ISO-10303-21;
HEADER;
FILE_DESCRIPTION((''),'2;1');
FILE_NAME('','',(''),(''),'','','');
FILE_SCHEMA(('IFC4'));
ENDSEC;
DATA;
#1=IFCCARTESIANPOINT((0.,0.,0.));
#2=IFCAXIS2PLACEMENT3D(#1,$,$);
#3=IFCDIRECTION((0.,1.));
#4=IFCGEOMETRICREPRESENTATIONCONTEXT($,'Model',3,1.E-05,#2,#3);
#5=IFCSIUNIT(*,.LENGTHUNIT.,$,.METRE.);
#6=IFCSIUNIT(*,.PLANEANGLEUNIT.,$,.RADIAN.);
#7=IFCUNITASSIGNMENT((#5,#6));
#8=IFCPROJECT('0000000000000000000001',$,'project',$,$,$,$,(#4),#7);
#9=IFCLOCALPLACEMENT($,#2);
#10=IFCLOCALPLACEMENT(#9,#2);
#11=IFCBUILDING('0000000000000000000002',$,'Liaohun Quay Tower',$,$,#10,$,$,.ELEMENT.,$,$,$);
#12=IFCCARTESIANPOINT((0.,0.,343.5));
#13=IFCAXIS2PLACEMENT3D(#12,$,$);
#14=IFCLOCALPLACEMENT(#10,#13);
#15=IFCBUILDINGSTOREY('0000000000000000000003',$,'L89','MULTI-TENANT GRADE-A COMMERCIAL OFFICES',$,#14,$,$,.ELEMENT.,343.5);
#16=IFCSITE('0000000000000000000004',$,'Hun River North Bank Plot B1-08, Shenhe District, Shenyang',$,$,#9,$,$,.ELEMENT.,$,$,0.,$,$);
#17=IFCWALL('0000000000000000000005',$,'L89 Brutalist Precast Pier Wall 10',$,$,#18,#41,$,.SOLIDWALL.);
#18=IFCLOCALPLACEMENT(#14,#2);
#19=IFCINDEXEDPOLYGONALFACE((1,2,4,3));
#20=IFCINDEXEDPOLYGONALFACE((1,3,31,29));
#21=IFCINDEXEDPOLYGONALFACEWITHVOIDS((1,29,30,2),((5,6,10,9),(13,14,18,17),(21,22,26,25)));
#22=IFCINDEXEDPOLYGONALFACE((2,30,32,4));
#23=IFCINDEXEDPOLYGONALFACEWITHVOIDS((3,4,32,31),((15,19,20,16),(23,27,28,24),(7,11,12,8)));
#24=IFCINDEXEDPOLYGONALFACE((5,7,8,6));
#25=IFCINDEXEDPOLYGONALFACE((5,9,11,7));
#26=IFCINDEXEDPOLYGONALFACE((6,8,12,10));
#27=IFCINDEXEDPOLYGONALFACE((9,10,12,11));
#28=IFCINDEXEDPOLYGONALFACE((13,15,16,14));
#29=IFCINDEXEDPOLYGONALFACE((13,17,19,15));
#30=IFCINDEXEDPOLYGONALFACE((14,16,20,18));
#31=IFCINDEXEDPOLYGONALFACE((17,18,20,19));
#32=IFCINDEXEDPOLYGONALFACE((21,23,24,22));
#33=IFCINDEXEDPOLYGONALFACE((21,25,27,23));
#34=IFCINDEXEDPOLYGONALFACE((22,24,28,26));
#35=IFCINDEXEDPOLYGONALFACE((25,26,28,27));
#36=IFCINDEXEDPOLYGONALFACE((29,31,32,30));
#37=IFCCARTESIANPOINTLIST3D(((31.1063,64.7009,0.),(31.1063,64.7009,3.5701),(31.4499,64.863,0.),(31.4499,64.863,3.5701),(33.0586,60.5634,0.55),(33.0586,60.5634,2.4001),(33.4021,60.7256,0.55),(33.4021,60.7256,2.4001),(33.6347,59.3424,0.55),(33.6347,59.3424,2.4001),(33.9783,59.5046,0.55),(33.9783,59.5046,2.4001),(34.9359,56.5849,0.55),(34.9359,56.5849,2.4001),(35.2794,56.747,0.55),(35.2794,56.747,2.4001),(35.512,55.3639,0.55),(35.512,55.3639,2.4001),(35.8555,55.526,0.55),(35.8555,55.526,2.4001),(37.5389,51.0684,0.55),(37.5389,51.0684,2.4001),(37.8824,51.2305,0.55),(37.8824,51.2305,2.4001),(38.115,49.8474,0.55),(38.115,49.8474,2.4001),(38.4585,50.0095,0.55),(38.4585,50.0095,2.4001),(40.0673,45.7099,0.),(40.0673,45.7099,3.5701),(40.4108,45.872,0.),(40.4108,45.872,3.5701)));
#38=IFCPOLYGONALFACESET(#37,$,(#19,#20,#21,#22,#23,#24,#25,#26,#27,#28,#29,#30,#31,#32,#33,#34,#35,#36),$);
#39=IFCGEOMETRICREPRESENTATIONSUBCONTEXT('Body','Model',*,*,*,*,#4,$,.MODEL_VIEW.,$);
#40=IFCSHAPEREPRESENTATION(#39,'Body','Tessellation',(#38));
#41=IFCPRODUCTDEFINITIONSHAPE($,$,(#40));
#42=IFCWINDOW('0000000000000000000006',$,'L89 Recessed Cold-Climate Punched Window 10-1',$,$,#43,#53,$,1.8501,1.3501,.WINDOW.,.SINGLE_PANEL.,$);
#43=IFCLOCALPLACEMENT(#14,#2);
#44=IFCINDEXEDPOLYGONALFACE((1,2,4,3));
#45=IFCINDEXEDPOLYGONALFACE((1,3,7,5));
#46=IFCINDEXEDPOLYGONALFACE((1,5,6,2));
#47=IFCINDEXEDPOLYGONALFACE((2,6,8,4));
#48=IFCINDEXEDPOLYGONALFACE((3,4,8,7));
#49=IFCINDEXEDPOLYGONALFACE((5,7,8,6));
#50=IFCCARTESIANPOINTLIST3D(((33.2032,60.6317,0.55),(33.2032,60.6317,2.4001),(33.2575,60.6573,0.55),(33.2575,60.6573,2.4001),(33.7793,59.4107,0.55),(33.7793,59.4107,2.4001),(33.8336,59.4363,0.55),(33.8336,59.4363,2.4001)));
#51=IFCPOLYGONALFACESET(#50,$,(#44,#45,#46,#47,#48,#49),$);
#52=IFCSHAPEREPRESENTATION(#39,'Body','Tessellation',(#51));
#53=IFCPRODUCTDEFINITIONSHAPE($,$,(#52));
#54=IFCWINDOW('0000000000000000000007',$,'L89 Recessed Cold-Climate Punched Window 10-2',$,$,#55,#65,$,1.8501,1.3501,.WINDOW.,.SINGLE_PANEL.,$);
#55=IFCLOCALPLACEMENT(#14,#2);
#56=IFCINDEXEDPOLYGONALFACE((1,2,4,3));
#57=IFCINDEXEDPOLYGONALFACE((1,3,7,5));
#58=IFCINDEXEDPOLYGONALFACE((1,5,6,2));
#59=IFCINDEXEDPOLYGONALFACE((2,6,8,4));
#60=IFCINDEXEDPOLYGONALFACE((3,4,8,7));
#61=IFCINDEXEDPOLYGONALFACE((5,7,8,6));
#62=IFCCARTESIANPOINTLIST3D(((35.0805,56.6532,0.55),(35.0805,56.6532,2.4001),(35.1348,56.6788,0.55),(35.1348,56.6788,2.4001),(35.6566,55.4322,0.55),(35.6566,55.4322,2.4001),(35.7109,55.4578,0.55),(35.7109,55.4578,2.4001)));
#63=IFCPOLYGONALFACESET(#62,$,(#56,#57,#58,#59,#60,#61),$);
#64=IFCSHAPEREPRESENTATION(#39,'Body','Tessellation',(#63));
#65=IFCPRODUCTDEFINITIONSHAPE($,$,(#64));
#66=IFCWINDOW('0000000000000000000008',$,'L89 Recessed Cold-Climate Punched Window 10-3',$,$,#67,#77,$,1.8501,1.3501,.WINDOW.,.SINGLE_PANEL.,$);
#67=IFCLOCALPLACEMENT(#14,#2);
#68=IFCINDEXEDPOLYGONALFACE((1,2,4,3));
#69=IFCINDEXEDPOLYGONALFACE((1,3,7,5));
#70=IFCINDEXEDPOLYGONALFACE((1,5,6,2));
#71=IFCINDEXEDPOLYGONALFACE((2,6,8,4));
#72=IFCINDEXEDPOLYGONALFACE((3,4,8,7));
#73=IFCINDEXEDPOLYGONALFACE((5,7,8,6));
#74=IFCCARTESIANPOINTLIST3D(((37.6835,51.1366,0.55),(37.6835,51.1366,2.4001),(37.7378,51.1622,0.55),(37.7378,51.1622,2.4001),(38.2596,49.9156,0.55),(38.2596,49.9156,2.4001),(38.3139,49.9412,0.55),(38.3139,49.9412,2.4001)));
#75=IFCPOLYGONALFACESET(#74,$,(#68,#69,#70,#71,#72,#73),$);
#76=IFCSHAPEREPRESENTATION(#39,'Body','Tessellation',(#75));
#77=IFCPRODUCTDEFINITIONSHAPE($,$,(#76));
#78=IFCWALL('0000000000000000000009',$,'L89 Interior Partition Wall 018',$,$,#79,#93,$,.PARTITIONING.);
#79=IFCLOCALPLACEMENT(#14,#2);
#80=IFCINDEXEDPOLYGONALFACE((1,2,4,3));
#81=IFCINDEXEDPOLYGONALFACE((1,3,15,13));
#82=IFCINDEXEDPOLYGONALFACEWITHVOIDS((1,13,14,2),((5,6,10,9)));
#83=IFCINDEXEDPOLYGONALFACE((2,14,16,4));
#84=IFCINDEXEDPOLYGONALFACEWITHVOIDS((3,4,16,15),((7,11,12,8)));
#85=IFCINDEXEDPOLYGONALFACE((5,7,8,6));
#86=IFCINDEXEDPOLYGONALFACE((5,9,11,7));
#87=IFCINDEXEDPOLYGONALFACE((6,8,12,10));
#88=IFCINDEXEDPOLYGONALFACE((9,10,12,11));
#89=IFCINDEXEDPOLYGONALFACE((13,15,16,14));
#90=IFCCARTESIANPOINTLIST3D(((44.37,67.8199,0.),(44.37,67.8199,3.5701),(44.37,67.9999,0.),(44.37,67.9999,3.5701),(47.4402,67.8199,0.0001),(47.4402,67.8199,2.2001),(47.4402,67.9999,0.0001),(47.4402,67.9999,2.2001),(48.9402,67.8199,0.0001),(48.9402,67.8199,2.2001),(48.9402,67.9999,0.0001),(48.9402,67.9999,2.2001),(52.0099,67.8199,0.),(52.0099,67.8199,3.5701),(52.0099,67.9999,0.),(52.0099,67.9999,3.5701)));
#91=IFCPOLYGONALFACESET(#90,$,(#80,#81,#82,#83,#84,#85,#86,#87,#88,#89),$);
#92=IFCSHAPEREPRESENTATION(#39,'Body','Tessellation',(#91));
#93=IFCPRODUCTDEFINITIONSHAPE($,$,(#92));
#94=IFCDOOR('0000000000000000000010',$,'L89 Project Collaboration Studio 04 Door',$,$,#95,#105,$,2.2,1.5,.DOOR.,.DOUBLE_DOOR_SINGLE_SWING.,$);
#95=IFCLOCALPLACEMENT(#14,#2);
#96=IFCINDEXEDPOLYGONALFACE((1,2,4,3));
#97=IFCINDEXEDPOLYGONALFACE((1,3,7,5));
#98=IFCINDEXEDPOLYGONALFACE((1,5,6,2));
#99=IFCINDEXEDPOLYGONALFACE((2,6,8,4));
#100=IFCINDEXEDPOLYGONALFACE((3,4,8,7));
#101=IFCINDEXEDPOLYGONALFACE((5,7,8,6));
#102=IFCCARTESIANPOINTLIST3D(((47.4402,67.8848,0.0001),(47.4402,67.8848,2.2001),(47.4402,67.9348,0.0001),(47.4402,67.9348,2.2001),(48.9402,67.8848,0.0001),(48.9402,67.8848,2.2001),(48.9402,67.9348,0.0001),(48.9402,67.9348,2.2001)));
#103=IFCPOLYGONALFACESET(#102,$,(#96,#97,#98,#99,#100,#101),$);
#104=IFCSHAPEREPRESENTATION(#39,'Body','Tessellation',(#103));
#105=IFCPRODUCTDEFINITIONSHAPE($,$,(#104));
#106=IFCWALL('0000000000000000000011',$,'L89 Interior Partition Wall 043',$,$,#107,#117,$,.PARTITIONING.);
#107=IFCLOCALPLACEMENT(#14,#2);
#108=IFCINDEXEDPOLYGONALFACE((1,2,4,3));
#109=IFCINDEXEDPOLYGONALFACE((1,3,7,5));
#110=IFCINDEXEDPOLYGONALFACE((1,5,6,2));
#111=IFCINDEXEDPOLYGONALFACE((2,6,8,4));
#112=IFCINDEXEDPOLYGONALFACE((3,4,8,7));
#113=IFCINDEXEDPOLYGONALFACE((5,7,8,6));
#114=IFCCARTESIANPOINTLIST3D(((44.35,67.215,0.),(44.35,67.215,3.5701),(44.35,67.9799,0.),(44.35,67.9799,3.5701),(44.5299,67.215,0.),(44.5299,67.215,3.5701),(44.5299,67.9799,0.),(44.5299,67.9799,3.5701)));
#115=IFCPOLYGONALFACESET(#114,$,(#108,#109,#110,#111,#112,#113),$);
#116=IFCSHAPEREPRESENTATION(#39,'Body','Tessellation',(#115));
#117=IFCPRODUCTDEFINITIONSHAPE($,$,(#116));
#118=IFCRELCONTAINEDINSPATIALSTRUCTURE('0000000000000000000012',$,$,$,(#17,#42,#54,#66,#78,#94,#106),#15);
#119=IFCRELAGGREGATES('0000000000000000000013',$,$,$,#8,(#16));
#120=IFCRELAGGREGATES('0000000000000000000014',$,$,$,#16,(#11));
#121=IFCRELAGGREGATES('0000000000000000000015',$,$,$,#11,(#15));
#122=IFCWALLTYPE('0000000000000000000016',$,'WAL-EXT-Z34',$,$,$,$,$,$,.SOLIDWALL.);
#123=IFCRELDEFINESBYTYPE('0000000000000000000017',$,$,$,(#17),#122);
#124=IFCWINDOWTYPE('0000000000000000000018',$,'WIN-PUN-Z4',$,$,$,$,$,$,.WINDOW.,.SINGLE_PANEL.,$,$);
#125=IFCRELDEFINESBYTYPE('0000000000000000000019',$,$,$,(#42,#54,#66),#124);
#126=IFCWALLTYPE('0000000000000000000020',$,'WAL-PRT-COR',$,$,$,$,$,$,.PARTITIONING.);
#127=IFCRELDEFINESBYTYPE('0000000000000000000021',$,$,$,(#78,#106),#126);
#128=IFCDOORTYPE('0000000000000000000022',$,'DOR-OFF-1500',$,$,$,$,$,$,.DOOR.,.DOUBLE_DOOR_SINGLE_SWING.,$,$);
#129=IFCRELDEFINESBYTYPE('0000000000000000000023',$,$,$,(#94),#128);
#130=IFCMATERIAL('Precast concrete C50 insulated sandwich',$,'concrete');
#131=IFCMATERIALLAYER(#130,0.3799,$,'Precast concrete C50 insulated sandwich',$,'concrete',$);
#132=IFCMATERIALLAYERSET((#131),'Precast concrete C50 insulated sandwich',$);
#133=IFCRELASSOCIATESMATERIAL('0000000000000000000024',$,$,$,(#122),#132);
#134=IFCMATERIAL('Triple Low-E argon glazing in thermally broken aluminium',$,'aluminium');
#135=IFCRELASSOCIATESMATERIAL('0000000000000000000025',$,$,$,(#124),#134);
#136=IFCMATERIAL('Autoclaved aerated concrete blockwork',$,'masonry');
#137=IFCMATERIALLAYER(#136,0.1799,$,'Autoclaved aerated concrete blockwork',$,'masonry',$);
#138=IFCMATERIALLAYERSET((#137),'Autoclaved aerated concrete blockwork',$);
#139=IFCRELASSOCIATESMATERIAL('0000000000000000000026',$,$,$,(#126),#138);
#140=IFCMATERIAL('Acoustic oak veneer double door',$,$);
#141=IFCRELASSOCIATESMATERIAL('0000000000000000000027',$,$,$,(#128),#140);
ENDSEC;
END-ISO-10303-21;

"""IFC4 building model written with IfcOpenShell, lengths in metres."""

from ifc_helpers import new_model, si_unit, direction, frame, frame_2d, origin, place, context, subcontext, project, spatial, rectangle, extrude, source, transform, mapped, material, layer, layer_set, type_object, element, fill, save


model = new_model("IFC4")

# Units and contexts
model_context = context("Model", 3, precision=1e-05, world=origin(), true_north=direction((0.0, 1.0)))
body_context = subcontext(model_context, "Body", "Model", "MODEL_VIEW")
ifc_project = project(units=[si_unit("LENGTHUNIT", "METRE"), si_unit("PLANEANGLEUNIT", "RADIAN")], contexts=[model_context])

# Site, building, storey
site_placement = place(None, origin())
site = spatial("IfcSite", under=ifc_project, at=site_placement, Name="Hun River North Bank Plot B1-08, Shenhe District, Shenyang", CompositionType="ELEMENT", RefElevation=0.0)
building_placement = place(site_placement, origin())
building = spatial("IfcBuilding", under=site, at=building_placement, Name="Liaohun Quay Tower", CompositionType="ELEMENT")
storey_placement = place(building_placement, frame((0.0, 0.0, 343.5)))
storey = spatial("IfcBuildingStorey", under=building, at=storey_placement, Name="L89", Description="MULTI-TENANT GRADE-A COMMERCIAL OFFICES", CompositionType="ELEMENT", Elevation=343.5)

# Shared definitions
ifc_material_1 = material(Name="Precast concrete C50 insulated sandwich", Category="concrete")
ifc_layer_1 = layer(ifc_material_1, 0.3799, Name="Precast concrete C50 insulated sandwich", Category="concrete")
ifc_layer_set_1 = layer_set([ifc_layer_1], Name="Precast concrete C50 insulated sandwich")
wall_type_1 = type_object("IfcWallType", Name="WAL-EXT-Z34", PredefinedType="SOLIDWALL", material=ifc_layer_set_1)

# Wall, openings, windows
wall_1_placement = place(storey_placement, frame((31.2781, 64.782, 0.0), z_axis=(0.0, 0.0, 1.0), x_axis=(0.426733, -0.904378, 0.0)))
wall_1 = element("IfcWall", 1, at=wall_1_placement, inside=storey, type_object=wall_type_1, Name="L89 Brutalist Precast Pier Wall 10", PredefinedType="SOLIDWALL", context=body_context, shape_type="SweptSolid", body=[
    extrude(rectangle(XDim=20.999, YDim=0.3799, at=frame_2d((10.4995, 0.0))), origin(), (0.0, 0.0, 1.0), 3.5701),
])
shared_shape_1 = source(origin(), body_context, "Body", "SweptSolid", [
    extrude(rectangle(XDim=1.3501, YDim=1.8501, at=frame_2d((0.675, 0.925))), frame((0.0, 0.2, 0.0), z_axis=(0.0, -1.0, 0.0), x_axis=(1.0, 0.0, 0.0)), (0.0, 0.0, 1.0), 0.3999),
])
opening_1_placement = place(wall_1_placement, frame((4.575, 0.0, 0.55)))
opening_1 = element("IfcOpeningElement", 2, at=opening_1_placement, cuts=wall_1, PredefinedType="OPENING", context=body_context, shape_type="MappedRepresentation", body=[
    mapped(shared_shape_1, transform((0.0, 0.0, 0.0), x_axis=(1.0, 0.0, 0.0), y_axis=(0.0, 1.0, 0.0), z_axis=(0.0, 0.0, 1.0), scale=1.0)),
])
opening_2_placement = place(wall_1_placement, frame((8.9741, 0.0, 0.55)))
opening_2 = element("IfcOpeningElement", 3, at=opening_2_placement, cuts=wall_1, PredefinedType="OPENING", context=body_context, shape_type="MappedRepresentation", body=[
    mapped(shared_shape_1, transform((0.0, 0.0, 0.0), x_axis=(1.0, 0.0, 0.0), y_axis=(0.0, 1.0, 0.0), z_axis=(0.0, 0.0, 1.0), scale=1.0)),
])
opening_3_placement = place(wall_1_placement, frame((15.074, 0.0, 0.55)))
opening_3 = element("IfcOpeningElement", 4, at=opening_3_placement, cuts=wall_1, PredefinedType="OPENING", context=body_context, shape_type="MappedRepresentation", body=[
    mapped(shared_shape_1, transform((0.0, 0.0, 0.0), x_axis=(1.0, 0.0, 0.0), y_axis=(0.0, 1.0, 0.0), z_axis=(0.0, 0.0, 1.0), scale=1.0)),
])
ifc_material_2 = material(Name="Triple Low-E argon glazing in thermally broken aluminium", Category="aluminium")
window_type_1 = type_object("IfcWindowType", Name="WIN-PUN-Z4", PartitioningType="SINGLE_PANEL", PredefinedType="WINDOW", material=ifc_material_2)
shared_shape_2 = source(origin(), body_context, "Body", "SweptSolid", [
    extrude(rectangle(XDim=1.3501, YDim=1.8501, at=frame_2d((0.675, 0.925))), frame((0.0, 0.03, 0.0), z_axis=(0.0, -1.0, 0.0), x_axis=(1.0, 0.0, 0.0)), (0.0, 0.0, 1.0), 0.0601),
])
window_1_placement = place(opening_1_placement, origin())
window_1 = element("IfcWindow", 5, at=window_1_placement, inside=storey, type_object=window_type_1, Name="L89 Recessed Cold-Climate Punched Window 10-1", OverallHeight=1.8501, OverallWidth=1.3501, PartitioningType="SINGLE_PANEL", PredefinedType="WINDOW", context=body_context, shape_type="MappedRepresentation", body=[
    mapped(shared_shape_2, transform((0.0, 0.0, 0.0), x_axis=(1.0, 0.0, 0.0), y_axis=(0.0, 1.0, 0.0), z_axis=(0.0, 0.0, 1.0), scale=1.0)),
])
fill(opening_1, window_1)
window_2_placement = place(opening_2_placement, origin())
window_2 = element("IfcWindow", 6, at=window_2_placement, inside=storey, type_object=window_type_1, Name="L89 Recessed Cold-Climate Punched Window 10-2", OverallHeight=1.8501, OverallWidth=1.3501, PartitioningType="SINGLE_PANEL", PredefinedType="WINDOW", context=body_context, shape_type="MappedRepresentation", body=[
    mapped(shared_shape_2, transform((0.0, 0.0, 0.0), x_axis=(1.0, 0.0, 0.0), y_axis=(0.0, 1.0, 0.0), z_axis=(0.0, 0.0, 1.0), scale=1.0)),
])
fill(opening_2, window_2)
window_3_placement = place(opening_3_placement, origin())
window_3 = element("IfcWindow", 7, at=window_3_placement, inside=storey, type_object=window_type_1, Name="L89 Recessed Cold-Climate Punched Window 10-3", OverallHeight=1.8501, OverallWidth=1.3501, PartitioningType="SINGLE_PANEL", PredefinedType="WINDOW", context=body_context, shape_type="MappedRepresentation", body=[
    mapped(shared_shape_2, transform((0.0, 0.0, 0.0), x_axis=(1.0, 0.0, 0.0), y_axis=(0.0, 1.0, 0.0), z_axis=(0.0, 0.0, 1.0), scale=1.0)),
])
fill(opening_3, window_3)

# Wall, opening, door
ifc_material_3 = material(Name="Autoclaved aerated concrete blockwork", Category="masonry")
ifc_layer_2 = layer(ifc_material_3, 0.1799, Name="Autoclaved aerated concrete blockwork", Category="masonry")
ifc_layer_set_2 = layer_set([ifc_layer_2], Name="Autoclaved aerated concrete blockwork")
wall_type_2 = type_object("IfcWallType", Name="WAL-PRT-COR", PredefinedType="PARTITIONING", material=ifc_layer_set_2)
wall_2_placement = place(storey_placement, frame((44.3701, 67.9099, 0.0), z_axis=(0.0, 0.0, 1.0), x_axis=(1.0, 0.0, 0.0)))
wall_2 = element("IfcWall", 8, at=wall_2_placement, inside=storey, type_object=wall_type_2, Name="L89 Interior Partition Wall 018", PredefinedType="PARTITIONING", context=body_context, shape_type="SweptSolid", body=[
    extrude(rectangle(XDim=7.6399, YDim=0.1799, at=frame_2d((3.8198, 0.0))), origin(), (0.0, 0.0, 1.0), 3.5701),
])
shared_shape_3 = source(origin(), body_context, "Body", "SweptSolid", [
    extrude(rectangle(XDim=1.5, YDim=2.2, at=frame_2d((0.75, 1.1001))), frame((0.0, 0.0999, 0.0), z_axis=(0.0, -1.0, 0.0), x_axis=(1.0, 0.0, 0.0)), (0.0, 0.0, 1.0), 0.2),
])
opening_4_placement = place(wall_2_placement, frame((3.0701, 0.0, 0.0)))
opening_4 = element("IfcOpeningElement", 9, at=opening_4_placement, cuts=wall_2, PredefinedType="OPENING", context=body_context, shape_type="MappedRepresentation", body=[
    mapped(shared_shape_3, transform((0.0, 0.0, 0.0), x_axis=(1.0, 0.0, 0.0), y_axis=(0.0, 1.0, 0.0), z_axis=(0.0, 0.0, 1.0), scale=1.0)),
])
ifc_material_4 = material(Name="Acoustic oak veneer double door")
door_type = type_object("IfcDoorType", Name="DOR-OFF-1500", OperationType="DOUBLE_DOOR_SINGLE_SWING", PredefinedType="DOOR", material=ifc_material_4)
shared_shape_4 = source(origin(), body_context, "Body", "SweptSolid", [
    extrude(rectangle(XDim=1.5, YDim=2.2, at=frame_2d((0.75, 1.1001))), frame((0.0, 0.0249, 0.0), z_axis=(0.0, -1.0, 0.0), x_axis=(1.0, 0.0, 0.0)), (0.0, 0.0, 1.0), 0.05),
])
door_placement = place(opening_4_placement, origin())
door = element("IfcDoor", 10, at=door_placement, inside=storey, type_object=door_type, Name="L89 Project Collaboration Studio 04 Door", OperationType="DOUBLE_DOOR_SINGLE_SWING", OverallHeight=2.2, OverallWidth=1.5, PredefinedType="DOOR", context=body_context, shape_type="MappedRepresentation", body=[
    mapped(shared_shape_4, transform((0.0, 0.0, 0.0), x_axis=(1.0, 0.0, 0.0), y_axis=(0.0, 1.0, 0.0), z_axis=(0.0, 0.0, 1.0), scale=1.0)),
])
fill(opening_4, door)

# Wall
wall_3_placement = place(storey_placement, frame((44.4399, 67.2151, 0.0), z_axis=(0.0, 0.0, 1.0), x_axis=(0.0, 1.0, 0.0)))
element("IfcWall", 11, at=wall_3_placement, inside=storey, type_object=wall_type_2, Name="L89 Interior Partition Wall 043", PredefinedType="PARTITIONING", context=body_context, shape_type="SweptSolid", body=[
    extrude(rectangle(XDim=0.7649, YDim=0.1799, at=frame_2d((0.3823, 0.0))), origin(), (0.0, 0.0, 1.0), 3.5701),
])

save(model, "model.ifc")
